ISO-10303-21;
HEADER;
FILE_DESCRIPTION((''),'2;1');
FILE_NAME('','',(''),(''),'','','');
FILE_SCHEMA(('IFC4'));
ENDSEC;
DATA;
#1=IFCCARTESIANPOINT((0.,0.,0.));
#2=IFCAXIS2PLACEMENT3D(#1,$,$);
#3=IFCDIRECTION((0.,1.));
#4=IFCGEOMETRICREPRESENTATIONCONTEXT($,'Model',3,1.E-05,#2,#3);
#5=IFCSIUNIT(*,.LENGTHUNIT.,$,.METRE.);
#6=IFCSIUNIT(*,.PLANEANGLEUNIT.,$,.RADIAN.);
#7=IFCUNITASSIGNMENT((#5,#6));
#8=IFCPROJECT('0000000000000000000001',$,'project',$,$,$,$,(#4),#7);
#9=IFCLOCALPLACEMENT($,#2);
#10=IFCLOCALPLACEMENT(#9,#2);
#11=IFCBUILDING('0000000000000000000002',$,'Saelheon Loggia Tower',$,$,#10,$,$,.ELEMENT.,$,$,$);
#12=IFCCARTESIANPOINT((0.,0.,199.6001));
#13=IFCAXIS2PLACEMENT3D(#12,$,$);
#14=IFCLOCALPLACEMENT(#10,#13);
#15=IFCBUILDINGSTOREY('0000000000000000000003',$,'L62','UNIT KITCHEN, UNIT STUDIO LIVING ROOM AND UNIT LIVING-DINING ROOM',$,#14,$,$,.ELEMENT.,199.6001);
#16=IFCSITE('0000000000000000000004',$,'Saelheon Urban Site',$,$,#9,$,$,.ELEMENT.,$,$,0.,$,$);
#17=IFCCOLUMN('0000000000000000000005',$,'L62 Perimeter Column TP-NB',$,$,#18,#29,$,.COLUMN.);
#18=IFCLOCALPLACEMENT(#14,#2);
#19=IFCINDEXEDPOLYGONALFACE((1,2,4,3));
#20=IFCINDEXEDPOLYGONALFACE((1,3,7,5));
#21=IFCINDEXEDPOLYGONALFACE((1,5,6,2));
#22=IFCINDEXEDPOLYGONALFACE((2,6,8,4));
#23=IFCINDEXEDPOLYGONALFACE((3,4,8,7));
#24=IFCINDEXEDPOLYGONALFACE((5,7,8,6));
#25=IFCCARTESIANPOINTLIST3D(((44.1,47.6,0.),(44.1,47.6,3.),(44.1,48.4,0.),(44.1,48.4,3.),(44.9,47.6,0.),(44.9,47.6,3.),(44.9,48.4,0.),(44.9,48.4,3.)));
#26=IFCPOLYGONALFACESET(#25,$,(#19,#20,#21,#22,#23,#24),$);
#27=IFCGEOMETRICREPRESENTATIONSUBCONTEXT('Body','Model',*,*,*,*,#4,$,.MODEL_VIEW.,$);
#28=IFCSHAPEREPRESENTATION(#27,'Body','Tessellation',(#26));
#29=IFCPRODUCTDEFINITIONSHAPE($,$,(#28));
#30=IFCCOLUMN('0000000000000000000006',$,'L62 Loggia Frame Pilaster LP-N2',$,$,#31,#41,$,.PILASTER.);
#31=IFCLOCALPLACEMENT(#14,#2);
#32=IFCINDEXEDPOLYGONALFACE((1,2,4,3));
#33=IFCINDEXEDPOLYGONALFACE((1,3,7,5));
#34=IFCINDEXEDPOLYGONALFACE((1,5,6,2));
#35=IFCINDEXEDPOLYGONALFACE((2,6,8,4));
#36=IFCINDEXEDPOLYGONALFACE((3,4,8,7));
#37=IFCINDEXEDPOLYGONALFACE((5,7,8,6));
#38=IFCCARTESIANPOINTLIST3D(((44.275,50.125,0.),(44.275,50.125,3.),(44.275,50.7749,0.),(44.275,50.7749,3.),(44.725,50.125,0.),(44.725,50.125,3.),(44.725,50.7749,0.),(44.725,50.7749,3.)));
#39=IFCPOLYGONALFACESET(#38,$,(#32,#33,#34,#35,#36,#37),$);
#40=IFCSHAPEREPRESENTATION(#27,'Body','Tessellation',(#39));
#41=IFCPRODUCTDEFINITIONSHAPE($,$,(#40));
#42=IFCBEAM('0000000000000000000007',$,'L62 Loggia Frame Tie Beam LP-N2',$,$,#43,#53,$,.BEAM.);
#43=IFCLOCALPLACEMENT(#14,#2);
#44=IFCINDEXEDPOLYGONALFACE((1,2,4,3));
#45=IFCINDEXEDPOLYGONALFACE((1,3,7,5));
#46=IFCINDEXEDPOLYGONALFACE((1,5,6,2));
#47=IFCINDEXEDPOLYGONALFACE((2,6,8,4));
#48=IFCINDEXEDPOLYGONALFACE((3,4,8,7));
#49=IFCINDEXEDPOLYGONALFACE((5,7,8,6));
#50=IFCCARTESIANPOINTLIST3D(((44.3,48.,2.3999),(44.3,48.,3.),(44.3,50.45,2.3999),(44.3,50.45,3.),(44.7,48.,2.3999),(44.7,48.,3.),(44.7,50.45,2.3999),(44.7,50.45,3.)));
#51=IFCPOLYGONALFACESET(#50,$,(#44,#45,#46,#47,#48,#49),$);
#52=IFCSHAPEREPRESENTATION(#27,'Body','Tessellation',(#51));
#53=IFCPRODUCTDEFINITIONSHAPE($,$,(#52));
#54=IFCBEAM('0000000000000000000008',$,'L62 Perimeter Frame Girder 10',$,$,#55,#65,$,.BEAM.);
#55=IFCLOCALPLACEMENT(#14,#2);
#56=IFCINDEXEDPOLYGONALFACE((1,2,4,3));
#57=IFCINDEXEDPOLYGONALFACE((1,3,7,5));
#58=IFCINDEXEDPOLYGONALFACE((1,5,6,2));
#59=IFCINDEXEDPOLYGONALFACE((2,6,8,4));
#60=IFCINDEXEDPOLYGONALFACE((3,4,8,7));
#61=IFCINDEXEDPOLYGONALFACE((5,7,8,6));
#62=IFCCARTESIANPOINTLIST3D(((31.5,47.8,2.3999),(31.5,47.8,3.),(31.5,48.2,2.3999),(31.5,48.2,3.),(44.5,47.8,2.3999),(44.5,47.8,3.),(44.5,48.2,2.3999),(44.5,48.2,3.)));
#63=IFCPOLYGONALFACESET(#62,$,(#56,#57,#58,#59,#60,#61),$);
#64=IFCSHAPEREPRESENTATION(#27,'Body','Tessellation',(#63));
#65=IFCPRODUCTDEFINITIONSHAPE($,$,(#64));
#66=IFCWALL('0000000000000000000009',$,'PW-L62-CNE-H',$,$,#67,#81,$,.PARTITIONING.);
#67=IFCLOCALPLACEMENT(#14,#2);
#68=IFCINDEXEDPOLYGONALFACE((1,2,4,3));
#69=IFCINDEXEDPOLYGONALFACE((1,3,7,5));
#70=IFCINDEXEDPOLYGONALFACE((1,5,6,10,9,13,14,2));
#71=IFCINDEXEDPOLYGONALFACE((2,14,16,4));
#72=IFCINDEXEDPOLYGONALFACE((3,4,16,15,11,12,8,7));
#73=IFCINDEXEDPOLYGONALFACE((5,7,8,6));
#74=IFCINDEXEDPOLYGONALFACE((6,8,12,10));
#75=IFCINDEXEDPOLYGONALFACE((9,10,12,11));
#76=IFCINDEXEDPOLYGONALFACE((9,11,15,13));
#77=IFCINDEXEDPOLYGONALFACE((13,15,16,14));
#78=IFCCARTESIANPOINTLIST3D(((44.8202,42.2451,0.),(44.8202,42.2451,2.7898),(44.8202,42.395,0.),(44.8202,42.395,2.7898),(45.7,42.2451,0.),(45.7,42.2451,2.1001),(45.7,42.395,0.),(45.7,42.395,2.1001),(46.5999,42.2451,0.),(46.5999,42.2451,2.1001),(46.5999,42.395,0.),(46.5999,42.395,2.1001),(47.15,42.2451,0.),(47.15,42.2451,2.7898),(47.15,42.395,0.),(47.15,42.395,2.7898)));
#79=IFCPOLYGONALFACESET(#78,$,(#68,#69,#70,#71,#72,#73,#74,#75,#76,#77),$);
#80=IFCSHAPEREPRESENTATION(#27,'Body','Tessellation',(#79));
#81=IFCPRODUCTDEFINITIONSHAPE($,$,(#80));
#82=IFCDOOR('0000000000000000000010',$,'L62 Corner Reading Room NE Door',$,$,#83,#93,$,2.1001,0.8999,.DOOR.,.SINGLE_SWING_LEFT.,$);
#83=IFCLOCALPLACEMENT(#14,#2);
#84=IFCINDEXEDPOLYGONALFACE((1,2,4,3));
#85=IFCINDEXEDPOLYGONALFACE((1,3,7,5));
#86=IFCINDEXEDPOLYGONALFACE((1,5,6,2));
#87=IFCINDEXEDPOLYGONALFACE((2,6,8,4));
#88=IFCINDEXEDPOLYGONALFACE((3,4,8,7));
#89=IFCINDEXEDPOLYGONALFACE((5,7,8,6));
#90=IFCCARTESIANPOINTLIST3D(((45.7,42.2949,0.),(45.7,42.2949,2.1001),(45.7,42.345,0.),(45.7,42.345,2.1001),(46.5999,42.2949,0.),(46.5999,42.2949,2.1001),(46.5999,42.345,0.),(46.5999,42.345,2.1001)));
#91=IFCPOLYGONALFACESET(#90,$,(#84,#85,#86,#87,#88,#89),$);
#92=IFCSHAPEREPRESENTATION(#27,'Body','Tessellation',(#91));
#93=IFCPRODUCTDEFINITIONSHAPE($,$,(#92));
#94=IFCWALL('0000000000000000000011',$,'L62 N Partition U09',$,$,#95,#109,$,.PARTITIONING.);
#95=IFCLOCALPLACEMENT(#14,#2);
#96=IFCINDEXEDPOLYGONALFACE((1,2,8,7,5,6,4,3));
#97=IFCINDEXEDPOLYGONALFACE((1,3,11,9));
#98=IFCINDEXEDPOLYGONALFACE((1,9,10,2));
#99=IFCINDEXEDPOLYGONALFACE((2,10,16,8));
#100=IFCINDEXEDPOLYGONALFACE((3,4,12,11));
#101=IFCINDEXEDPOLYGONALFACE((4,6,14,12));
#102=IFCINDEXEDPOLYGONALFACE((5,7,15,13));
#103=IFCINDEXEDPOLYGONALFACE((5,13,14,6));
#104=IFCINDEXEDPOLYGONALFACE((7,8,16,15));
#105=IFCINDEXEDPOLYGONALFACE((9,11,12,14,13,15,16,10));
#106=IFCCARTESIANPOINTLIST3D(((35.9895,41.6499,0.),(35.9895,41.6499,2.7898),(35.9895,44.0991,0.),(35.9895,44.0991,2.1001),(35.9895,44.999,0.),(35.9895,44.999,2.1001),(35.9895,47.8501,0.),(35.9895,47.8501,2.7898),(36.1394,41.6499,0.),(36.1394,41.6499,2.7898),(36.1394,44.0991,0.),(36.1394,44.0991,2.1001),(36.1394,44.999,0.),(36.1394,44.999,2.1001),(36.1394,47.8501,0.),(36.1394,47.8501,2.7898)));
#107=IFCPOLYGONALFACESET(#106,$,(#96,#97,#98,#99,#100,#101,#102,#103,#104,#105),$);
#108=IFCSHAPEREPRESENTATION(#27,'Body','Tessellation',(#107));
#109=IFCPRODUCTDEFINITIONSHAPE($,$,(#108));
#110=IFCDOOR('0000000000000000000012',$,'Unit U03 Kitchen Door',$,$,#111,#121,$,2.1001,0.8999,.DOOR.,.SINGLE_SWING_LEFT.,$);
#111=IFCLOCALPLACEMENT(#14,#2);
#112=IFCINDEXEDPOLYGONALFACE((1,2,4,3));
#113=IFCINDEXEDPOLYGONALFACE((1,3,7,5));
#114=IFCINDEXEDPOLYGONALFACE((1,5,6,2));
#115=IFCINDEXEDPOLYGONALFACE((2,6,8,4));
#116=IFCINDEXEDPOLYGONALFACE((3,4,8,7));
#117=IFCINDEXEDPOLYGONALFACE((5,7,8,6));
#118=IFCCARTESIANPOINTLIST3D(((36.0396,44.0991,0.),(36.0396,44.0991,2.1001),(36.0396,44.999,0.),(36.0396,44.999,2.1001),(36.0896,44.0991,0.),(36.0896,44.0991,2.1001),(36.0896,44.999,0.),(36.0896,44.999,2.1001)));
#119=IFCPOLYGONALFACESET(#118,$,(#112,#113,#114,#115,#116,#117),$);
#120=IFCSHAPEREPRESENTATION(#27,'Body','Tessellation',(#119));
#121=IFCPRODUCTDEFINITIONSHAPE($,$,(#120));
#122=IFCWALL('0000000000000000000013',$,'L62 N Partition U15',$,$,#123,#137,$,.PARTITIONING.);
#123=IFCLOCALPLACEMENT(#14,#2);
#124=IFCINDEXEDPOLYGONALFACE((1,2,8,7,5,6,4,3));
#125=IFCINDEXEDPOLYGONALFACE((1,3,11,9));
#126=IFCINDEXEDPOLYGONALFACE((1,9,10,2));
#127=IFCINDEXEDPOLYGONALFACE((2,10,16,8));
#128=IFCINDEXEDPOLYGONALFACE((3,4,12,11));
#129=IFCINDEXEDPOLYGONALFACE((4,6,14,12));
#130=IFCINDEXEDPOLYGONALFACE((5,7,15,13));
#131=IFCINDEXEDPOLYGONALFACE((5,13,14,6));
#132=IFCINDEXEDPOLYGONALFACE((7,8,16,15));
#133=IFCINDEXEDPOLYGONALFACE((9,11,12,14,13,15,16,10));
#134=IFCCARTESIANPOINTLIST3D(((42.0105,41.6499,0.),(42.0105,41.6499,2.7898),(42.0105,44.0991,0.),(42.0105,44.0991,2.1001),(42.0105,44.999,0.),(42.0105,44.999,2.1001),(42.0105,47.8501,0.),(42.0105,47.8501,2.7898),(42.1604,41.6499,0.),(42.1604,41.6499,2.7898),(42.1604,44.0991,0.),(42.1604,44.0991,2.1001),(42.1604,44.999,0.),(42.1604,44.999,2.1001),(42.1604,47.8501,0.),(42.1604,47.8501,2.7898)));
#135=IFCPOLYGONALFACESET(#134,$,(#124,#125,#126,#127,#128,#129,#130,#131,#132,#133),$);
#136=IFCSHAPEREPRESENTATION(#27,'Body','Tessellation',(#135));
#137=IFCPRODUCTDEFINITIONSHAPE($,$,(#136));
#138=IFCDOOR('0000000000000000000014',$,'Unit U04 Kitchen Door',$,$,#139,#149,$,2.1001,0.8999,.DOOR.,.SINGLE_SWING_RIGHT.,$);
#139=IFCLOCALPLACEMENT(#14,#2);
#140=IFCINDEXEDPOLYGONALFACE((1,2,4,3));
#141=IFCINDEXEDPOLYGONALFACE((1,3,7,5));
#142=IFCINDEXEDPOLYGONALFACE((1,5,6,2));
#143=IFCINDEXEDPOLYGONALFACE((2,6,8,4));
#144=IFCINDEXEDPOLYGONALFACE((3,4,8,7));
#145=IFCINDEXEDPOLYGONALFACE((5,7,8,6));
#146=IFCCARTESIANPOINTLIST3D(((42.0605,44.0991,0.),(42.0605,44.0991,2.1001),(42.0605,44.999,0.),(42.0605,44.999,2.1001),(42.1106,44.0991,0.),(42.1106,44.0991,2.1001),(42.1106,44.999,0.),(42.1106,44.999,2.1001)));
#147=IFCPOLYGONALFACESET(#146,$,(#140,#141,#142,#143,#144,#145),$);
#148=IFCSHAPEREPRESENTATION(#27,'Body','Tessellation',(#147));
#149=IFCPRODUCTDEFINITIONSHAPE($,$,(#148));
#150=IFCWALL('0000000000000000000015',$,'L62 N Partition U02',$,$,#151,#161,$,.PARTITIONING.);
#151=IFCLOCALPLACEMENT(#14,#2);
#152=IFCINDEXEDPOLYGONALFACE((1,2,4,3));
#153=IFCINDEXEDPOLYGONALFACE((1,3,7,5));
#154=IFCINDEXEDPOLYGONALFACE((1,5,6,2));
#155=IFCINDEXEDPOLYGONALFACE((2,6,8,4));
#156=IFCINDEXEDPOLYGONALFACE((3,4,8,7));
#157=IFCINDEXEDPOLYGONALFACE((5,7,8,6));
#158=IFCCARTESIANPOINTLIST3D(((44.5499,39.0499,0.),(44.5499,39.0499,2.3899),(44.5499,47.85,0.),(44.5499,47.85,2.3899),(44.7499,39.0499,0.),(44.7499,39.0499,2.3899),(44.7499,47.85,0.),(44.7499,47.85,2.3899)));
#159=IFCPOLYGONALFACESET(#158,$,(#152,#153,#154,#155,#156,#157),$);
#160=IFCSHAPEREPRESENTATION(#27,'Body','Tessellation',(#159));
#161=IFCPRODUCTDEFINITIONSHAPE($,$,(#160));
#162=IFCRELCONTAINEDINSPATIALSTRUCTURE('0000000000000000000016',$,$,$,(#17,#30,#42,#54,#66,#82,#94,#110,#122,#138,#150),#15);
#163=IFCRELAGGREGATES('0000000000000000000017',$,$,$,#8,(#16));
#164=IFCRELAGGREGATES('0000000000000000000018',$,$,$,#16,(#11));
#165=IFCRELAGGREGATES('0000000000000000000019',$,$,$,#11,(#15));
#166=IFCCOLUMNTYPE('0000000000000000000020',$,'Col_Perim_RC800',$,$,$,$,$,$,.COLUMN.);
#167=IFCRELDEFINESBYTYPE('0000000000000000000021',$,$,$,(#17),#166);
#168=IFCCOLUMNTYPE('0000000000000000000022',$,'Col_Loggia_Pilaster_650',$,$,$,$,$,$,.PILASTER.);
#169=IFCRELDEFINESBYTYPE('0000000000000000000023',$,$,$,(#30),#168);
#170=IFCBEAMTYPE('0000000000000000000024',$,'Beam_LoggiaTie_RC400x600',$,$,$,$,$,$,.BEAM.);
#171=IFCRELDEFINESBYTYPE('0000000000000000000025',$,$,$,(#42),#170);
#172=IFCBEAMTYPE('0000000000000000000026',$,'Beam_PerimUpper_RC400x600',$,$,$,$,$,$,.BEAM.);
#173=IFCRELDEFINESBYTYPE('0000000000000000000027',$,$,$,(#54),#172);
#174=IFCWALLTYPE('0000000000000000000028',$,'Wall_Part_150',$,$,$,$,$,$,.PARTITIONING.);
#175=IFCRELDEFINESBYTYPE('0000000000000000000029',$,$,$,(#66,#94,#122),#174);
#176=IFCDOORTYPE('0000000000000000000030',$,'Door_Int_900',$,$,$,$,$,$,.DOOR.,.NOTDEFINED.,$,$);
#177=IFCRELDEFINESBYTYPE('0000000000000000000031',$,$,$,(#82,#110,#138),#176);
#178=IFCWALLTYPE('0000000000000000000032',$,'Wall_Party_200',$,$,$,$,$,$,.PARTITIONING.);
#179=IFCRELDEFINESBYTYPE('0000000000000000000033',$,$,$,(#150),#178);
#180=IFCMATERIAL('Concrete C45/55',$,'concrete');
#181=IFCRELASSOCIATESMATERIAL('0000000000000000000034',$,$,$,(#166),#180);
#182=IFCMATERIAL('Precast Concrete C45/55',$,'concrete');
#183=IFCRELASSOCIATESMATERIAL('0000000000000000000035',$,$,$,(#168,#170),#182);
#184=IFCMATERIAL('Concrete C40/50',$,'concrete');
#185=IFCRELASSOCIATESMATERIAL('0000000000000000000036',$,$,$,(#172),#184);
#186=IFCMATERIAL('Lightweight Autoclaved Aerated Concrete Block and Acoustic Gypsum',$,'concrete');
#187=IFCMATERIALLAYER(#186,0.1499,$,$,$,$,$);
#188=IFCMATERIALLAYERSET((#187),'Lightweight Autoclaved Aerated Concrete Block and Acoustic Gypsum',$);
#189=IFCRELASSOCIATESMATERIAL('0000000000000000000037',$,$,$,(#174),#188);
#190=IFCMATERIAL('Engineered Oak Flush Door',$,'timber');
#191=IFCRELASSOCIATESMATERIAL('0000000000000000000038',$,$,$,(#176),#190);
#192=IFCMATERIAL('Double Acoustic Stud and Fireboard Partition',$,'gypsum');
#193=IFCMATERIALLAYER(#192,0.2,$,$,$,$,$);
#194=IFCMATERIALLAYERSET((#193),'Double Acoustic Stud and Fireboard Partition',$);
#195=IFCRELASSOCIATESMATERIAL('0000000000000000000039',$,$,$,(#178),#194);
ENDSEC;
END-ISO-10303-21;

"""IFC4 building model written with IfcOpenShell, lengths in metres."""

from ifc_helpers import new_model, si_unit, direction, frame, frame_2d, origin, origin_2d, place, context, subcontext, project, spatial, rectangle, extrude, source, transform, mapped, material, layer, layer_set, material_profile, profile_set, type_object, element, fill, save


model = new_model("IFC4")

# Units and contexts
model_context = context("Model", 3, precision=1e-05, world=origin(), true_north=direction((0.0, 1.0)))
body_context = subcontext(model_context, "Body", "Model", "MODEL_VIEW")
ifc_project = project(units=[si_unit("LENGTHUNIT", "METRE"), si_unit("PLANEANGLEUNIT", "RADIAN")], contexts=[model_context])

# Site, building, storey
site_placement = place(None, origin())
site = spatial("IfcSite", under=ifc_project, at=site_placement, Name="Saelheon Urban Site", CompositionType="ELEMENT", RefElevation=0.0)
building_placement = place(site_placement, origin())
building = spatial("IfcBuilding", under=site, at=building_placement, Name="Saelheon Loggia Tower", CompositionType="ELEMENT")
storey_placement = place(building_placement, frame((0.0, 0.0, 199.6001)))
storey = spatial("IfcBuildingStorey", under=building, at=storey_placement, Name="L62", Description="UNIT KITCHEN, UNIT STUDIO LIVING ROOM AND UNIT LIVING-DINING ROOM", CompositionType="ELEMENT", Elevation=199.6001)

# Columns
ifc_material_1 = material(Name="Concrete C45/55", Category="concrete")
ifc_material_profile_1 = material_profile(ifc_material_1, rectangle(XDim=0.8, YDim=0.8, at=origin_2d()), Name="RC-800x800")
ifc_profile_set_1 = profile_set([ifc_material_profile_1], Name="Concrete C45/55")
column_type_1 = type_object("IfcColumnType", Name="Col_Perim_RC800", PredefinedType="COLUMN", material=ifc_profile_set_1)
shared_shape_1 = source(origin(), body_context, "Body", "SweptSolid", [
    extrude(rectangle(XDim=0.8, YDim=0.8, at=origin_2d()), origin(), (0.0, 0.0, 1.0), 3.0),
])
column_1_placement = place(storey_placement, frame((44.5, 48.0, 0.0), z_axis=(0.0, 0.0, 1.0), x_axis=(1.0, 0.0, 0.0)))
element("IfcColumn", 1, at=column_1_placement, inside=storey, type_object=column_type_1, Name="L62 Perimeter Column TP-NB", PredefinedType="COLUMN", context=body_context, shape_type="MappedRepresentation", body=[
    mapped(shared_shape_1, transform((0.0, 0.0, 0.0), scale=1.0)),
])
ifc_material_2 = material(Name="Precast Concrete C45/55", Category="concrete")
ifc_material_profile_2 = material_profile(ifc_material_2, rectangle(XDim=0.45, YDim=0.6499, at=origin_2d()), Name="RC-450x650")
ifc_profile_set_2 = profile_set([ifc_material_profile_2], Name="Precast Concrete C45/55")
column_type_2 = type_object("IfcColumnType", Name="Col_Loggia_Pilaster_650", PredefinedType="PILASTER", material=ifc_profile_set_2)
shared_shape_2 = source(origin(), body_context, "Body", "SweptSolid", [
    extrude(rectangle(XDim=0.45, YDim=0.6499, at=origin_2d()), origin(), (0.0, 0.0, 1.0), 3.0),
])
column_2_placement = place(storey_placement, frame((44.5, 50.45, 0.0), z_axis=(0.0, 0.0, 1.0), x_axis=(1.0, 0.0, 0.0)))
element("IfcColumn", 2, at=column_2_placement, inside=storey, type_object=column_type_2, Name="L62 Loggia Frame Pilaster LP-N2", PredefinedType="PILASTER", context=body_context, shape_type="MappedRepresentation", body=[
    mapped(shared_shape_2, transform((0.0, 0.0, 0.0), scale=1.0)),
])

# Beams
ifc_material_profile_3 = material_profile(ifc_material_2, rectangle(XDim=0.3999, YDim=0.6001, at=origin_2d()), Name="RC-400x600")
ifc_profile_set_3 = profile_set([ifc_material_profile_3], Name="Precast Concrete C45/55")
beam_type_1 = type_object("IfcBeamType", Name="Beam_LoggiaTie_RC400x600", PredefinedType="BEAM", material=ifc_profile_set_3)
shared_shape_3 = source(origin(), body_context, "Body", "SweptSolid", [
    extrude(rectangle(XDim=0.3999, YDim=0.6001, at=origin_2d()), origin(), (0.0, 0.0, 1.0), 2.45),
])
beam_1_placement = place(storey_placement, frame((44.5, 48.0, 2.7), z_axis=(0.0, 1.0, 0.0), x_axis=(-1.0, 0.0, 0.0)))
element("IfcBeam", 3, at=beam_1_placement, inside=storey, type_object=beam_type_1, Name="L62 Loggia Frame Tie Beam LP-N2", PredefinedType="BEAM", context=body_context, shape_type="MappedRepresentation", body=[
    mapped(shared_shape_3, transform((0.0, 0.0, 0.0), scale=1.0)),
])
ifc_material_3 = material(Name="Concrete C40/50", Category="concrete")
ifc_material_profile_4 = material_profile(ifc_material_3, rectangle(XDim=0.3999, YDim=0.6001, at=origin_2d()), Name="RC-400x600")
ifc_profile_set_4 = profile_set([ifc_material_profile_4], Name="Concrete C40/50")
beam_type_2 = type_object("IfcBeamType", Name="Beam_PerimUpper_RC400x600", PredefinedType="BEAM", material=ifc_profile_set_4)
shared_shape_4 = source(origin(), body_context, "Body", "SweptSolid", [
    extrude(rectangle(XDim=0.3999, YDim=0.6001, at=origin_2d()), origin(), (0.0, 0.0, 1.0), 13.0),
])
beam_2_placement = place(storey_placement, frame((44.5, 48.0, 2.7), z_axis=(-1.0, 0.0, 0.0), x_axis=(0.0, -1.0, 0.0)))
element("IfcBeam", 4, at=beam_2_placement, inside=storey, type_object=beam_type_2, Name="L62 Perimeter Frame Girder 10", PredefinedType="BEAM", context=body_context, shape_type="MappedRepresentation", body=[
    mapped(shared_shape_4, transform((0.0, 0.0, 0.0), scale=1.0)),
])

# Walls, openings, doors
ifc_material_4 = material(Name="Lightweight Autoclaved Aerated Concrete Block and Acoustic Gypsum", Category="concrete")
ifc_layer_1 = layer(ifc_material_4, 0.1499)
ifc_layer_set_1 = layer_set([ifc_layer_1], Name="Lightweight Autoclaved Aerated Concrete Block and Acoustic Gypsum")
wall_type_1 = type_object("IfcWallType", Name="Wall_Part_150", PredefinedType="PARTITIONING", material=ifc_layer_set_1)
wall_1_placement = place(storey_placement, frame((44.8201, 42.3201, 0.0), z_axis=(0.0, 0.0, 1.0), x_axis=(1.0, 0.0, 0.0)))
wall_1 = element("IfcWall", 5, at=wall_1_placement, inside=storey, type_object=wall_type_1, Name="PW-L62-CNE-H", PredefinedType="PARTITIONING", context=body_context, shape_type="SweptSolid", body=[
    extrude(rectangle(XDim=2.3298, YDim=0.1499, at=frame_2d((1.165, 0.0))), origin(), (0.0, 0.0, 1.0), 2.7898),
])
opening_1_placement = place(wall_1_placement, frame((0.8799, 0.0, 0.0)))
opening_1 = element("IfcOpeningElement", 6, at=opening_1_placement, cuts=wall_1, PredefinedType="OPENING", context=body_context, shape_type="SweptSolid", body=[
    extrude(rectangle(XDim=0.8999, YDim=2.1001, at=frame_2d((0.45, 1.05))), frame((0.0, 0.0869, 0.0), z_axis=(0.0, -1.0, 0.0), x_axis=(1.0, 0.0, 0.0)), (0.0, 0.0, 1.0), 0.1738),
])
ifc_material_5 = material(Name="Engineered Oak Flush Door", Category="timber")
door_type_1 = type_object("IfcDoorType", Name="Door_Int_900", OperationType="NOTDEFINED", PredefinedType="DOOR", material=ifc_material_5)
shared_shape_5 = source(origin(), body_context, "Body", "SweptSolid", [
    extrude(rectangle(XDim=0.8999, YDim=2.1001, at=frame_2d((0.45, 1.05))), frame((0.0, 0.0249, 0.0), z_axis=(0.0, -1.0, 0.0), x_axis=(1.0, 0.0, 0.0)), (0.0, 0.0, 1.0), 0.05),
])
door_1_placement = place(opening_1_placement, origin())
door_1 = element("IfcDoor", 7, at=door_1_placement, inside=storey, type_object=door_type_1, Name="L62 Corner Reading Room NE Door", OperationType="SINGLE_SWING_LEFT", OverallHeight=2.1001, OverallWidth=0.8999, PredefinedType="DOOR", context=body_context, shape_type="MappedRepresentation", body=[
    mapped(shared_shape_5, transform((0.0, 0.0, 0.0), scale=1.0)),
])
fill(opening_1, door_1)
wall_2_placement = place(storey_placement, frame((36.0645, 41.6499, 0.0), z_axis=(0.0, 0.0, 1.0), x_axis=(0.0, 1.0, 0.0)))
wall_2 = element("IfcWall", 8, at=wall_2_placement, inside=storey, type_object=wall_type_1, Name="L62 N Partition U09", PredefinedType="PARTITIONING", context=body_context, shape_type="SweptSolid", body=[
    extrude(rectangle(XDim=6.2002, YDim=0.1499, at=frame_2d((3.1001, 0.0))), origin(), (0.0, 0.0, 1.0), 2.7898),
])
opening_2_placement = place(wall_2_placement, frame((2.4492, 0.0, 0.0)))
opening_2 = element("IfcOpeningElement", 9, at=opening_2_placement, cuts=wall_2, PredefinedType="OPENING", context=body_context, shape_type="SweptSolid", body=[
    extrude(rectangle(XDim=0.8999, YDim=2.1001, at=frame_2d((0.45, 1.05))), frame((0.0, 0.0869, 0.0), z_axis=(0.0, -1.0, 0.0), x_axis=(1.0, 0.0, 0.0)), (0.0, 0.0, 1.0), 0.1738),
])
door_2_placement = place(opening_2_placement, origin())
door_2 = element("IfcDoor", 10, at=door_2_placement, inside=storey, type_object=door_type_1, Name="Unit U03 Kitchen Door", OperationType="SINGLE_SWING_LEFT", OverallHeight=2.1001, OverallWidth=0.8999, PredefinedType="DOOR", context=body_context, shape_type="MappedRepresentation", body=[
    mapped(shared_shape_5, transform((0.0, 0.0, 0.0), scale=1.0)),
])
fill(opening_2, door_2)
wall_3_placement = place(storey_placement, frame((42.0854, 41.6499, 0.0), z_axis=(0.0, 0.0, 1.0), x_axis=(0.0, 1.0, 0.0)))
wall_3 = element("IfcWall", 11, at=wall_3_placement, inside=storey, type_object=wall_type_1, Name="L62 N Partition U15", PredefinedType="PARTITIONING", context=body_context, shape_type="SweptSolid", body=[
    extrude(rectangle(XDim=6.2002, YDim=0.1499, at=frame_2d((3.1001, 0.0))), origin(), (0.0, 0.0, 1.0), 2.7898),
])
opening_3_placement = place(wall_3_placement, frame((2.4492, 0.0, 0.0)))
opening_3 = element("IfcOpeningElement", 12, at=opening_3_placement, cuts=wall_3, PredefinedType="OPENING", context=body_context, shape_type="SweptSolid", body=[
    extrude(rectangle(XDim=0.8999, YDim=2.1001, at=frame_2d((0.45, 1.05))), frame((0.0, 0.0869, 0.0), z_axis=(0.0, -1.0, 0.0), x_axis=(1.0, 0.0, 0.0)), (0.0, 0.0, 1.0), 0.1738),
])
door_3_placement = place(opening_3_placement, origin())
door_3 = element("IfcDoor", 13, at=door_3_placement, inside=storey, type_object=door_type_1, Name="Unit U04 Kitchen Door", OperationType="SINGLE_SWING_RIGHT", OverallHeight=2.1001, OverallWidth=0.8999, PredefinedType="DOOR", context=body_context, shape_type="MappedRepresentation", body=[
    mapped(shared_shape_5, transform((0.0, 0.0, 0.0), scale=1.0)),
])
fill(opening_3, door_3)

# Wall
ifc_material_6 = material(Name="Double Acoustic Stud and Fireboard Partition", Category="gypsum")
ifc_layer_2 = layer(ifc_material_6, 0.2)
ifc_layer_set_2 = layer_set([ifc_layer_2], Name="Double Acoustic Stud and Fireboard Partition")
wall_type_2 = type_object("IfcWallType", Name="Wall_Party_200", PredefinedType="PARTITIONING", material=ifc_layer_set_2)
wall_4_placement = place(storey_placement, frame((44.6499, 39.05, 0.0), z_axis=(0.0, 0.0, 1.0), x_axis=(0.0, 1.0, 0.0)))
element("IfcWall", 14, at=wall_4_placement, inside=storey, type_object=wall_type_2, Name="L62 N Partition U02", PredefinedType="PARTITIONING", context=body_context, shape_type="SweptSolid", body=[
    extrude(rectangle(XDim=8.8, YDim=0.2, at=frame_2d((4.3999, 0.0))), origin(), (0.0, 0.0, 1.0), 2.3899),
])

save(model, "model.ifc")
